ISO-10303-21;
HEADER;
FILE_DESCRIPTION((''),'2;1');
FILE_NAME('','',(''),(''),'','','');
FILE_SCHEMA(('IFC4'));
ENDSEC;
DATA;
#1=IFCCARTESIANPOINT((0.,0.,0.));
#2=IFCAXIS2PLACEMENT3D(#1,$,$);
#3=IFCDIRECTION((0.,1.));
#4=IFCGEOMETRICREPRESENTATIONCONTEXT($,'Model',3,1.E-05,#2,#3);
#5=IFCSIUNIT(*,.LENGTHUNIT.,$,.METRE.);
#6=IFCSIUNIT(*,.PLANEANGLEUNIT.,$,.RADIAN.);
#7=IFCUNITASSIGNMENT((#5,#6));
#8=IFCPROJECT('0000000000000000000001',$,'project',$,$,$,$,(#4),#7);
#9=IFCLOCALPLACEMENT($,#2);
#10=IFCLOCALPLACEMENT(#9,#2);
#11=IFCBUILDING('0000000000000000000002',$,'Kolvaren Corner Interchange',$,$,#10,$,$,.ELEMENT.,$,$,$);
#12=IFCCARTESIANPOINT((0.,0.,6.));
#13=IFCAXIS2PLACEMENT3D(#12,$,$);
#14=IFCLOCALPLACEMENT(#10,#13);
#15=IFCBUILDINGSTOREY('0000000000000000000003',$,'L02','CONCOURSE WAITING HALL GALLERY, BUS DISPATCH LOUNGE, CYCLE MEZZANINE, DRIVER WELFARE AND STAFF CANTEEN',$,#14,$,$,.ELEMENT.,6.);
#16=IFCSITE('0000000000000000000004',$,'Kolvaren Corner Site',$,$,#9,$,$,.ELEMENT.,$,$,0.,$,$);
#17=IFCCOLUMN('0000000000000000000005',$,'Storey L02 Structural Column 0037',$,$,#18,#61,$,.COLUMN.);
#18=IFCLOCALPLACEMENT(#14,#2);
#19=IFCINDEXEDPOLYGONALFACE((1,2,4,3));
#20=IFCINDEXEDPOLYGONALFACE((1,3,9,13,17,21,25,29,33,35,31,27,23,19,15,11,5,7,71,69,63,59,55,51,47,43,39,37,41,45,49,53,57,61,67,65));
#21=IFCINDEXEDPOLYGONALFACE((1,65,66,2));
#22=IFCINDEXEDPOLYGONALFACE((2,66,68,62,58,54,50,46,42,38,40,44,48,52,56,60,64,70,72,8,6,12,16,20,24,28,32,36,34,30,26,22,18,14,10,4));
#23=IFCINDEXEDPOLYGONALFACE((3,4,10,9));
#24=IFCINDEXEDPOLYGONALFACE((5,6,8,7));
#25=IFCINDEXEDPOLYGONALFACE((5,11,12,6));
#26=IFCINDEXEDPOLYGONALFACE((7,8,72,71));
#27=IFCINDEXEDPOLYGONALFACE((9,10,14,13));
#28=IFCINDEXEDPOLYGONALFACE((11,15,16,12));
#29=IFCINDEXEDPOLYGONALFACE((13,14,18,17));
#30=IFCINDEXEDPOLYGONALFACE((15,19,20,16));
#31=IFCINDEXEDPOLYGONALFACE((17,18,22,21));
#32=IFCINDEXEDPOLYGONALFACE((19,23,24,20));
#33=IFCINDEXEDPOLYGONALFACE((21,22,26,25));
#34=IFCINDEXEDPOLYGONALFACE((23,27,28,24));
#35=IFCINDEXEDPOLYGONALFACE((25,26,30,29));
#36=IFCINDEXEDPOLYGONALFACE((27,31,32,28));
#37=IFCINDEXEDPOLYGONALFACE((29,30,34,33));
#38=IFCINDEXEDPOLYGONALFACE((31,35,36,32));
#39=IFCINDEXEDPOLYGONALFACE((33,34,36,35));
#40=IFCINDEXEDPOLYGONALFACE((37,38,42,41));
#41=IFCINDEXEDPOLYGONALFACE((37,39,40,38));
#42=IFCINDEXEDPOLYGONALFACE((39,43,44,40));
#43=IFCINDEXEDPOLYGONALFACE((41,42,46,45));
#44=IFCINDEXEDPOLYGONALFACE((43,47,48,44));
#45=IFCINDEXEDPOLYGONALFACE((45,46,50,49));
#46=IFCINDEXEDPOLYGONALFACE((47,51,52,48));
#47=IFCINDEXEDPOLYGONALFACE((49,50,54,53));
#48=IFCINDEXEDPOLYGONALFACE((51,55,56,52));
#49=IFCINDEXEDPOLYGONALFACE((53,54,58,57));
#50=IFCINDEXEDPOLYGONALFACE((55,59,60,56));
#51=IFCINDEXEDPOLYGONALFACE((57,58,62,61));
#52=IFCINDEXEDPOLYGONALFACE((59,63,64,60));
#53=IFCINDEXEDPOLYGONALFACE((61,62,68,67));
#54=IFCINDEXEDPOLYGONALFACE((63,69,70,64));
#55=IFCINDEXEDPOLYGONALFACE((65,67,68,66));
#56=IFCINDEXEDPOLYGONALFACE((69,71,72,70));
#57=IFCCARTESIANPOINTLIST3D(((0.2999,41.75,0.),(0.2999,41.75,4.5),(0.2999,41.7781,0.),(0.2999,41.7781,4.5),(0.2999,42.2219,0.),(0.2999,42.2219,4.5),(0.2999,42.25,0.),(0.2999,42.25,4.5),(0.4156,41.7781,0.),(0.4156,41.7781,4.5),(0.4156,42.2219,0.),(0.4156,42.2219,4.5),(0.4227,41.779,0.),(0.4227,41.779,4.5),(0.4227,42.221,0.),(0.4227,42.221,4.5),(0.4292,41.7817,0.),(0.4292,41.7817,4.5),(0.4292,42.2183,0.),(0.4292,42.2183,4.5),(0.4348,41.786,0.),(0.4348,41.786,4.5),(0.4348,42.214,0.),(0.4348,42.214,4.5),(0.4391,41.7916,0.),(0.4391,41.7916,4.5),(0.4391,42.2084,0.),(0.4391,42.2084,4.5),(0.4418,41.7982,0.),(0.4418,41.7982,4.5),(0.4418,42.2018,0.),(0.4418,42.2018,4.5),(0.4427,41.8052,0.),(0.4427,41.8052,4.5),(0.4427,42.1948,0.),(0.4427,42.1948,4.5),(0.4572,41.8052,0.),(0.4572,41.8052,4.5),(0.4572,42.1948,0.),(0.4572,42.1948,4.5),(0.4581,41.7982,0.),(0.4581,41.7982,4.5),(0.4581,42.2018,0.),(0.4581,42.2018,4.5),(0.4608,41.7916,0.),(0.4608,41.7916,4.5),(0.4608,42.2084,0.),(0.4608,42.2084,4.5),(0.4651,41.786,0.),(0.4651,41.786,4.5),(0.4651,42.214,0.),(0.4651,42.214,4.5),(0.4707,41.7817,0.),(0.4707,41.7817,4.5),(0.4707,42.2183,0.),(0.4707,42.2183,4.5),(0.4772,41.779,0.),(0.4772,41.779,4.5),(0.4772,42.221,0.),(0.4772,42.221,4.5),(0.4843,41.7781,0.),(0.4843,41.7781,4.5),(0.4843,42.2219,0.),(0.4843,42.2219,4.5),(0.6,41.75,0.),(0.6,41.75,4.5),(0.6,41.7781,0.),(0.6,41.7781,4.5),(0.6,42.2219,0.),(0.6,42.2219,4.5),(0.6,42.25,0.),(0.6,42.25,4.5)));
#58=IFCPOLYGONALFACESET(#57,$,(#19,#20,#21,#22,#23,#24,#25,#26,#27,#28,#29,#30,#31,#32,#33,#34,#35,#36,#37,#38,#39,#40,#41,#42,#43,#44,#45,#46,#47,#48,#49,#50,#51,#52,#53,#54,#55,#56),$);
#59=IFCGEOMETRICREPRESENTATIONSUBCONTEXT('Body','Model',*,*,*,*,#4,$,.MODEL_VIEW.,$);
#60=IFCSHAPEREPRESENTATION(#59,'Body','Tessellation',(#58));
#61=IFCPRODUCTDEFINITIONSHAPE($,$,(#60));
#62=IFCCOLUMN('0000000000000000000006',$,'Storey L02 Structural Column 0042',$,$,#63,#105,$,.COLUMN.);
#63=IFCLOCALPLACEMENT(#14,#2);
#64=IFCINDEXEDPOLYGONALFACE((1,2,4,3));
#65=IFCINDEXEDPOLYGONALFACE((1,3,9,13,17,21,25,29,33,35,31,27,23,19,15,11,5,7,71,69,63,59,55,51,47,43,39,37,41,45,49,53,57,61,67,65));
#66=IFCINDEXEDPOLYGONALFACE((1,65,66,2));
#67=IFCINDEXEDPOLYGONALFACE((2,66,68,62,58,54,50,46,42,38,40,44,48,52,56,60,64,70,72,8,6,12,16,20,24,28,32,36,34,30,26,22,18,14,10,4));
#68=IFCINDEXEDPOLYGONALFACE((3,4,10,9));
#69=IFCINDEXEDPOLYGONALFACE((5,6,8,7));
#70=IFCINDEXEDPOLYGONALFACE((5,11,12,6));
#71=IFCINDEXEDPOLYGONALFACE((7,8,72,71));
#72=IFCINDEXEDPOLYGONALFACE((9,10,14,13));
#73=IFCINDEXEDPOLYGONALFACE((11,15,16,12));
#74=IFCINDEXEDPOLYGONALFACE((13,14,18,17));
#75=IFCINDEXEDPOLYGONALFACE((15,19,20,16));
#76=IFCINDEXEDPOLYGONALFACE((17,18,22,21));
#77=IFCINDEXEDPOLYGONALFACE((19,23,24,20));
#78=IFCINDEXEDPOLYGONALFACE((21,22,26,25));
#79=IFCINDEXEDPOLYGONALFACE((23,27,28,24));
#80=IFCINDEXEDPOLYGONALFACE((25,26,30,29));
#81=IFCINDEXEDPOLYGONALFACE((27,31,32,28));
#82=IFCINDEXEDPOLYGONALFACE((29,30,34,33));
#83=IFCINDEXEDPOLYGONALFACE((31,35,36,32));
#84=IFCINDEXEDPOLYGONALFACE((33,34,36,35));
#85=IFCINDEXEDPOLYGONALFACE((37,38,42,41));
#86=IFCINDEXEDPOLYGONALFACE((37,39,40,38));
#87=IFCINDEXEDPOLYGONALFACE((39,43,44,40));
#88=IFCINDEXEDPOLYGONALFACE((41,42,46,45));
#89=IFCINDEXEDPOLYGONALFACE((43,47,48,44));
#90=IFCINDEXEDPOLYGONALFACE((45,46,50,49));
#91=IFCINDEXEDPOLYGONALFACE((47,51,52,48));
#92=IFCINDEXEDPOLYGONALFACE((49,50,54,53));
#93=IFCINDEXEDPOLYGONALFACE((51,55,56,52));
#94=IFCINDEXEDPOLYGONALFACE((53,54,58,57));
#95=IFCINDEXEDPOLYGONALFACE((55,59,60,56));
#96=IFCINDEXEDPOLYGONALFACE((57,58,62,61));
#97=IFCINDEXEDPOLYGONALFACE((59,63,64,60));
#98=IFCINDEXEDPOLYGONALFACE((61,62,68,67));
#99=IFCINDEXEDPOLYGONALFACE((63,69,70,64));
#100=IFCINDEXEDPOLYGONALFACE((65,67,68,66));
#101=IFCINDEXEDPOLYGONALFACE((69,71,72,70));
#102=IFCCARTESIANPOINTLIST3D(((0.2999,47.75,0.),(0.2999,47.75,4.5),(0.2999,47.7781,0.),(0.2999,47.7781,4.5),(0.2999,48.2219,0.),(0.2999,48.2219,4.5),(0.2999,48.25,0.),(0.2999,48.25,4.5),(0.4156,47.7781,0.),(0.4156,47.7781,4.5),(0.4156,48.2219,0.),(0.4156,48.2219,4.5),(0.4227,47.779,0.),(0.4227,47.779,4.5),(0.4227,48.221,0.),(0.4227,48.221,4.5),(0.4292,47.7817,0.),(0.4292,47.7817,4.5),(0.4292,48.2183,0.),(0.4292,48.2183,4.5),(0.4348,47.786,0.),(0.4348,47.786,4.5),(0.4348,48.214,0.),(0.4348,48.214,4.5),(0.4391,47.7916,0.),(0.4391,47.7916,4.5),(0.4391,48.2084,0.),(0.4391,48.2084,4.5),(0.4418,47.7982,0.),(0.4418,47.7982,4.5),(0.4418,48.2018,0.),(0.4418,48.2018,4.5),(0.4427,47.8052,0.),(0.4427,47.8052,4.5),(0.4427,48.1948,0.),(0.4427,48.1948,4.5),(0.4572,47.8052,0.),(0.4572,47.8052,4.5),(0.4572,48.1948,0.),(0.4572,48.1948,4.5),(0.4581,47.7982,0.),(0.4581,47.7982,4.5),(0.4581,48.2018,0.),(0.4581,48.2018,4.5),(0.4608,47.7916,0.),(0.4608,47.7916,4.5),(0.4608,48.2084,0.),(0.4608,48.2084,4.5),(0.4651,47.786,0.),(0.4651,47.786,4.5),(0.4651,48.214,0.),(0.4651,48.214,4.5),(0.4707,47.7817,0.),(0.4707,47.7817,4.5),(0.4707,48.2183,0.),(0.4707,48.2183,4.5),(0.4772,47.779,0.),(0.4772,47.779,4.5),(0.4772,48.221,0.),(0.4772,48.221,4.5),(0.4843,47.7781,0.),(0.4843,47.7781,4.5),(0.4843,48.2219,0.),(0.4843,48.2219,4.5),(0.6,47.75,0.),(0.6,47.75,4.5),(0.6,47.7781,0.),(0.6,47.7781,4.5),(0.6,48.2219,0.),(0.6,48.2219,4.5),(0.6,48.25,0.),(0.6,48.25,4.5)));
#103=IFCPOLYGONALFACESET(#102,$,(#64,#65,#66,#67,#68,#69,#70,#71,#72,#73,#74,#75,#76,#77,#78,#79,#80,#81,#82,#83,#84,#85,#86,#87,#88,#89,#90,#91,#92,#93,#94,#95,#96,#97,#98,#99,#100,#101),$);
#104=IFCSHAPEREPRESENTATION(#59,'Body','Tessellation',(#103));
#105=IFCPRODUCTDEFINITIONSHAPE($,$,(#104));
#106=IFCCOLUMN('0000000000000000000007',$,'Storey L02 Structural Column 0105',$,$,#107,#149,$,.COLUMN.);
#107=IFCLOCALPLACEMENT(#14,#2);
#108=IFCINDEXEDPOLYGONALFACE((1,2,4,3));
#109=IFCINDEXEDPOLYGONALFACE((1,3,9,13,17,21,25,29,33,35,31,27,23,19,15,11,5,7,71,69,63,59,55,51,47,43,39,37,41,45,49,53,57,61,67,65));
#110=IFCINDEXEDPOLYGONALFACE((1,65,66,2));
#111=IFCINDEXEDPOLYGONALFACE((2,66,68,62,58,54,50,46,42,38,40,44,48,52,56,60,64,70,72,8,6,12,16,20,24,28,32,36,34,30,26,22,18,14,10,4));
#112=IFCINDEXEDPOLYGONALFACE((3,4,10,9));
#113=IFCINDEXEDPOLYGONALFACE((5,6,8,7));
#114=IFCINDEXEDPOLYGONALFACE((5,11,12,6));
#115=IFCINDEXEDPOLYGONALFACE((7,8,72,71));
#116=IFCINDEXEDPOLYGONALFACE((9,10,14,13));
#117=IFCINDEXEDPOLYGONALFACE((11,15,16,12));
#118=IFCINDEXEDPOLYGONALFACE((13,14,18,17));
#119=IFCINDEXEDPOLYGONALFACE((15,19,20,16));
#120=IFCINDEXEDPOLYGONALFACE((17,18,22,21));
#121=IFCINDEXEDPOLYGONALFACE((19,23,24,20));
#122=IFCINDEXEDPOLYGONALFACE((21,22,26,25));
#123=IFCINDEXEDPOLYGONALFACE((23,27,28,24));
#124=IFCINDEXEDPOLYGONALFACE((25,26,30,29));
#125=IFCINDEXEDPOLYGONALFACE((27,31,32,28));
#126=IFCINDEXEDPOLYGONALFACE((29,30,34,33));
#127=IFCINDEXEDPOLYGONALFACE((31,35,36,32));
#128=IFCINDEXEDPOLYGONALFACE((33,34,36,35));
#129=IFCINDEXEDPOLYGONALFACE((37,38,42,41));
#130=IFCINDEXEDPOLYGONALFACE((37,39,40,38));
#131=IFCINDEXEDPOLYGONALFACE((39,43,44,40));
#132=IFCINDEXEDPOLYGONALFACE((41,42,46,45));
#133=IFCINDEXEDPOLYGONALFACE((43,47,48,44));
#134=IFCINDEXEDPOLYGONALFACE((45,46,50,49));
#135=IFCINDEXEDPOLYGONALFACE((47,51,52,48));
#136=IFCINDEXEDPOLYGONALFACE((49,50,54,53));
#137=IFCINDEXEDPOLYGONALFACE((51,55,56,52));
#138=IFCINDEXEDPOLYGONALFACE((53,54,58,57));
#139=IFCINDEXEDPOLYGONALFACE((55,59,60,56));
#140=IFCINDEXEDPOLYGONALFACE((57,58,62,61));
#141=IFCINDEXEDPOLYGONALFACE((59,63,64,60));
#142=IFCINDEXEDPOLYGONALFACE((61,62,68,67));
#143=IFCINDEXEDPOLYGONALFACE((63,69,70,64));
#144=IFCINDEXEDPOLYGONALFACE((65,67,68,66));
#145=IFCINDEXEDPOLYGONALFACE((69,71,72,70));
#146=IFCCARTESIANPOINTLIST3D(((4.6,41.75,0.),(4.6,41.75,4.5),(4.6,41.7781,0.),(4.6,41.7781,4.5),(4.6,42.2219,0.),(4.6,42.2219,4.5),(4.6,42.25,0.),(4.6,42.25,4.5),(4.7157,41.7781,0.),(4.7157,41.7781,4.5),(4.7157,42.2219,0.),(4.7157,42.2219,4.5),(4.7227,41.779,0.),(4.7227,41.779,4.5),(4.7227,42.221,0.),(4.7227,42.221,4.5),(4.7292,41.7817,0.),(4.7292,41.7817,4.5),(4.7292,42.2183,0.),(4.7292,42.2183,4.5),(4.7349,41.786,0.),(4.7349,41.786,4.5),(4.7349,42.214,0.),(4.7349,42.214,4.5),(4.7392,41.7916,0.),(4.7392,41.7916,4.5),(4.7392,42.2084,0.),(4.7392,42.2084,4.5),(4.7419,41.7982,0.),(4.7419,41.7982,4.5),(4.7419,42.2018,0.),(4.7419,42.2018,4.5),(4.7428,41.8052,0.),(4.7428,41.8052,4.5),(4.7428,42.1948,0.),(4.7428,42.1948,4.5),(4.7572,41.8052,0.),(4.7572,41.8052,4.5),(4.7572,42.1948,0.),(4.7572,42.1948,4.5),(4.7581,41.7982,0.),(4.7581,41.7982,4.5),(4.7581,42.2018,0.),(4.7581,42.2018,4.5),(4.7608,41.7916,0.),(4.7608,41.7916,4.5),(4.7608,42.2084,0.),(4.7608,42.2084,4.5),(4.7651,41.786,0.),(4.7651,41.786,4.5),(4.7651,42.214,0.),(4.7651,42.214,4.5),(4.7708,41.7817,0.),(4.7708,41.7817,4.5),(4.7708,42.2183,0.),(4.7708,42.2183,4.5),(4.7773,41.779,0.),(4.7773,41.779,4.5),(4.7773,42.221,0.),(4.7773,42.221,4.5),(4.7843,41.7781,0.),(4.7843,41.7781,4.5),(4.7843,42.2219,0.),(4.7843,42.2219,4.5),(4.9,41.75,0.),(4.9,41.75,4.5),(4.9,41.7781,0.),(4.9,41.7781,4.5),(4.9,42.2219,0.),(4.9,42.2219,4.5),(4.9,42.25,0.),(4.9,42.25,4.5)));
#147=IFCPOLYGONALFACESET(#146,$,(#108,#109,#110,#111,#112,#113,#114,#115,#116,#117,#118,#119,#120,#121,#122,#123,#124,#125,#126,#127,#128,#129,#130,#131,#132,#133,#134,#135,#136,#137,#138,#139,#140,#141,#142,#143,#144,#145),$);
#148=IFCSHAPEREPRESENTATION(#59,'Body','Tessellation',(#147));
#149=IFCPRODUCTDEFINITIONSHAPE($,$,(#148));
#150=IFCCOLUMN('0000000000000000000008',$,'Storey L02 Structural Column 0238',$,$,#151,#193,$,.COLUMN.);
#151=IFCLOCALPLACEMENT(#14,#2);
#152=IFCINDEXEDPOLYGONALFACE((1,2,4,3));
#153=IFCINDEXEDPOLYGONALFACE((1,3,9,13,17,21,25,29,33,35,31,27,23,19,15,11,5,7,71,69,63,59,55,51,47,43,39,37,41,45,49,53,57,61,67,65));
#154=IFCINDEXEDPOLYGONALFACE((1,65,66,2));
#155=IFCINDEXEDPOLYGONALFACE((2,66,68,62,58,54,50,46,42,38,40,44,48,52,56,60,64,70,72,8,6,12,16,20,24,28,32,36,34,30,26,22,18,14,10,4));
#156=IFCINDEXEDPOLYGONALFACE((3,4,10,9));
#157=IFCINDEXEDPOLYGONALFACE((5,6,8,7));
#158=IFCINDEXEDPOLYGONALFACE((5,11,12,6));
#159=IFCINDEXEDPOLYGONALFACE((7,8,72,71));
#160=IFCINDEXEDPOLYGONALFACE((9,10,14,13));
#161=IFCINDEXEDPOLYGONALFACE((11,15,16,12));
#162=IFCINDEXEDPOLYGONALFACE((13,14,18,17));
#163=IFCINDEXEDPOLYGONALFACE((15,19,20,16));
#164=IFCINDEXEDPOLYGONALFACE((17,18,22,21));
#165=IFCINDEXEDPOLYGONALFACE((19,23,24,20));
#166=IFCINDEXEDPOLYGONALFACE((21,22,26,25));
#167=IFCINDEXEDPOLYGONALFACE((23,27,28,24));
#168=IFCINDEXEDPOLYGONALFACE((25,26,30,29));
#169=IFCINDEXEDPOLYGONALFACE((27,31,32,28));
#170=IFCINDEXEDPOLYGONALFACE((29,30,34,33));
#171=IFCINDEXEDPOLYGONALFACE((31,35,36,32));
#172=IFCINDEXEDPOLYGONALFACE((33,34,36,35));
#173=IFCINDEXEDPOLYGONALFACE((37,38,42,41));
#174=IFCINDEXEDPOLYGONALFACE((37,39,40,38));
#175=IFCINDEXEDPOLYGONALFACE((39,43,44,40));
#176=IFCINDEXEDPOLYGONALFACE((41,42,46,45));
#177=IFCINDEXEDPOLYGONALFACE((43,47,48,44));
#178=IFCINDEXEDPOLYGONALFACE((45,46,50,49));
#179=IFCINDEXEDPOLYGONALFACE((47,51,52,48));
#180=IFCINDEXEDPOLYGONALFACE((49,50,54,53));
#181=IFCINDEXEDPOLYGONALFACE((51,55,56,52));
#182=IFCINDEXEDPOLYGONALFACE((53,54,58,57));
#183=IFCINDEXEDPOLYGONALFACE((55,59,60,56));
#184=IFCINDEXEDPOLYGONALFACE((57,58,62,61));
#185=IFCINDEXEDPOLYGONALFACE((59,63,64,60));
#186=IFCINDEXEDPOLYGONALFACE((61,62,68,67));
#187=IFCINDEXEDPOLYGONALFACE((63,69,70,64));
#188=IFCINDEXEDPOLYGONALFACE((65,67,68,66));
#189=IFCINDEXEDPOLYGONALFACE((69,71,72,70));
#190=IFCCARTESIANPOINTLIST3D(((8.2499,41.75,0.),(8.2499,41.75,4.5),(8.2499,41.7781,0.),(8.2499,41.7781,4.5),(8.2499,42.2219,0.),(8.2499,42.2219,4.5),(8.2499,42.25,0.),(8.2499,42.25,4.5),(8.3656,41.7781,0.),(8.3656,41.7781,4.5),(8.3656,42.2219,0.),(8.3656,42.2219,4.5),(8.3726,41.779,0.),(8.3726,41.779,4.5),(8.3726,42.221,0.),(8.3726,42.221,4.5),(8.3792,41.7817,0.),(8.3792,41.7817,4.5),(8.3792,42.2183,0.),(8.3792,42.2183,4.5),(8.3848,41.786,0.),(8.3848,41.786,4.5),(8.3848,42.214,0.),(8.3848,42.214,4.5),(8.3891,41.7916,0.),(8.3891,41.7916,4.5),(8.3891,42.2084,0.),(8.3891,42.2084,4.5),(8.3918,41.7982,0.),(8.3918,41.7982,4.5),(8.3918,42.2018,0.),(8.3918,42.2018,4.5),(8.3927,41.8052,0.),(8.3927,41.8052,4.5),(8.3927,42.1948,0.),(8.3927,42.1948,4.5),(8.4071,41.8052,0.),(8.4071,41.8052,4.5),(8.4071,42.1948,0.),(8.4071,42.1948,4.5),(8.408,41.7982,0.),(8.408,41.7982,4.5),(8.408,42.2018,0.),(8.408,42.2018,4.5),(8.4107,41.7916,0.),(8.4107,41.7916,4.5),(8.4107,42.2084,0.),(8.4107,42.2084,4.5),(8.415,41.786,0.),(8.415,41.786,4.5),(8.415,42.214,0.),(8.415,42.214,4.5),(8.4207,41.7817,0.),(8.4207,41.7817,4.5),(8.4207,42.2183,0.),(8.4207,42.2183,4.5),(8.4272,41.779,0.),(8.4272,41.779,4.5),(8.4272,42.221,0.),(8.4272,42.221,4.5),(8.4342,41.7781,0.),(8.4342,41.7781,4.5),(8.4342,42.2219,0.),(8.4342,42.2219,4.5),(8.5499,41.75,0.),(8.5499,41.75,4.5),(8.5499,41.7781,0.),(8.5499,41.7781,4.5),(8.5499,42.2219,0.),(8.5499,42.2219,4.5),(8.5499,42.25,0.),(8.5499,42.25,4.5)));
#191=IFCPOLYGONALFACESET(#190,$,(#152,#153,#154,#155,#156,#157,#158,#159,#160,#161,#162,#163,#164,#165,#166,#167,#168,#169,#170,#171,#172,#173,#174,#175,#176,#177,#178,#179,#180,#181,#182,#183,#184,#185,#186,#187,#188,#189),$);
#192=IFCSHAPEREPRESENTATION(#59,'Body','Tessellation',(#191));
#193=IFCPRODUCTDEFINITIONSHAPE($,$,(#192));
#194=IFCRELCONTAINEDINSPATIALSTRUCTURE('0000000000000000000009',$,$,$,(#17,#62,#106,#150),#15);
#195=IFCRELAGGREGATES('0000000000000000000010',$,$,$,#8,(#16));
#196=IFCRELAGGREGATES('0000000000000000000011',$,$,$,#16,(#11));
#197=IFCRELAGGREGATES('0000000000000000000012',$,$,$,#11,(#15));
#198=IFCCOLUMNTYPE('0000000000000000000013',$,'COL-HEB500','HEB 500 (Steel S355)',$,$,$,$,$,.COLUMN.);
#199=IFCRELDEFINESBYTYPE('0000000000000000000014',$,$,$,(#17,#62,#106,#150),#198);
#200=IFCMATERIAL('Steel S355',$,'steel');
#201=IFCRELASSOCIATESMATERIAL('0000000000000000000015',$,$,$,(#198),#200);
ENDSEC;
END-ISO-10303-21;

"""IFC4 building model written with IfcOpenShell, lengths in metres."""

from ifc_helpers import new_model, si_unit, direction, frame, origin, origin_2d, place, context, subcontext, project, spatial, i_section, extrude, material, material_profile, profile_set, type_object, element, save


model = new_model("IFC4")

# Units and contexts
model_context = context("Model", 3, precision=1e-05, world=origin(), true_north=direction((0.0, 1.0)))
body_context = subcontext(model_context, "Body", "Model", "MODEL_VIEW")
ifc_project = project(units=[si_unit("LENGTHUNIT", "METRE"), si_unit("PLANEANGLEUNIT", "RADIAN")], contexts=[model_context])

# Site, building, storey
site_placement = place(None, origin())
site = spatial("IfcSite", under=ifc_project, at=site_placement, Name="Kolvaren Corner Site", CompositionType="ELEMENT", RefElevation=0.0)
building_placement = place(site_placement, origin())
building = spatial("IfcBuilding", under=site, at=building_placement, Name="Kolvaren Corner Interchange", CompositionType="ELEMENT")
storey_placement = place(building_placement, frame((0.0, 0.0, 6.0)))
storey = spatial("IfcBuildingStorey", under=building, at=storey_placement, Name="L02", Description="CONCOURSE WAITING HALL GALLERY, BUS DISPATCH LOUNGE, CYCLE MEZZANINE, DRIVER WELFARE AND STAFF CANTEEN", CompositionType="ELEMENT", Elevation=6.0)

# Columns
ifc_material_1 = material(Name="Steel S355", Category="steel")
ifc_material_profile_1 = material_profile(ifc_material_1, i_section(OverallWidth=0.3, OverallDepth=0.5, WebThickness=0.0144, FlangeThickness=0.0281, FilletRadius=0.0271, at=origin_2d()), Name="HEB 500")
ifc_profile_set_1 = profile_set([ifc_material_profile_1], Name="Steel S355")
column_type = type_object("IfcColumnType", Name="COL-HEB500", Description="HEB 500 (Steel S355)", PredefinedType="COLUMN", material=ifc_profile_set_1)
for number, where, z_axis, x_axis, name in (
    (1, (0.45, 42.0, 0.0), (0.0, 0.0, 1.0), (1.0, 0.0, 0.0), "Storey L02 Structural Column 0037"),
    (2, (0.45, 48.0, 0.0), (0.0, 0.0, 1.0), (1.0, 0.0, 0.0), "Storey L02 Structural Column 0042"),
    (3, (4.75, 42.0, 0.0), (0.0, 0.0, 1.0), (1.0, 0.0, 0.0), "Storey L02 Structural Column 0105"),
    (4, (8.3999, 42.0, 0.0), (0.0, 0.0, 1.0), (1.0, 0.0, 0.0), "Storey L02 Structural Column 0238"),
):
    element("IfcColumn", number, at=place(storey_placement, frame(where, z_axis=z_axis, x_axis=x_axis)), inside=storey, type_object=column_type, Name=name, PredefinedType="COLUMN", context=body_context, shape_type="SweptSolid", body=[
        extrude(i_section(OverallWidth=0.3, OverallDepth=0.5, WebThickness=0.0144, FlangeThickness=0.0281, FilletRadius=0.0271, at=origin_2d()), origin(), (0.0, 0.0, 1.0), 4.5),
    ])

save(model, "model.ifc")
